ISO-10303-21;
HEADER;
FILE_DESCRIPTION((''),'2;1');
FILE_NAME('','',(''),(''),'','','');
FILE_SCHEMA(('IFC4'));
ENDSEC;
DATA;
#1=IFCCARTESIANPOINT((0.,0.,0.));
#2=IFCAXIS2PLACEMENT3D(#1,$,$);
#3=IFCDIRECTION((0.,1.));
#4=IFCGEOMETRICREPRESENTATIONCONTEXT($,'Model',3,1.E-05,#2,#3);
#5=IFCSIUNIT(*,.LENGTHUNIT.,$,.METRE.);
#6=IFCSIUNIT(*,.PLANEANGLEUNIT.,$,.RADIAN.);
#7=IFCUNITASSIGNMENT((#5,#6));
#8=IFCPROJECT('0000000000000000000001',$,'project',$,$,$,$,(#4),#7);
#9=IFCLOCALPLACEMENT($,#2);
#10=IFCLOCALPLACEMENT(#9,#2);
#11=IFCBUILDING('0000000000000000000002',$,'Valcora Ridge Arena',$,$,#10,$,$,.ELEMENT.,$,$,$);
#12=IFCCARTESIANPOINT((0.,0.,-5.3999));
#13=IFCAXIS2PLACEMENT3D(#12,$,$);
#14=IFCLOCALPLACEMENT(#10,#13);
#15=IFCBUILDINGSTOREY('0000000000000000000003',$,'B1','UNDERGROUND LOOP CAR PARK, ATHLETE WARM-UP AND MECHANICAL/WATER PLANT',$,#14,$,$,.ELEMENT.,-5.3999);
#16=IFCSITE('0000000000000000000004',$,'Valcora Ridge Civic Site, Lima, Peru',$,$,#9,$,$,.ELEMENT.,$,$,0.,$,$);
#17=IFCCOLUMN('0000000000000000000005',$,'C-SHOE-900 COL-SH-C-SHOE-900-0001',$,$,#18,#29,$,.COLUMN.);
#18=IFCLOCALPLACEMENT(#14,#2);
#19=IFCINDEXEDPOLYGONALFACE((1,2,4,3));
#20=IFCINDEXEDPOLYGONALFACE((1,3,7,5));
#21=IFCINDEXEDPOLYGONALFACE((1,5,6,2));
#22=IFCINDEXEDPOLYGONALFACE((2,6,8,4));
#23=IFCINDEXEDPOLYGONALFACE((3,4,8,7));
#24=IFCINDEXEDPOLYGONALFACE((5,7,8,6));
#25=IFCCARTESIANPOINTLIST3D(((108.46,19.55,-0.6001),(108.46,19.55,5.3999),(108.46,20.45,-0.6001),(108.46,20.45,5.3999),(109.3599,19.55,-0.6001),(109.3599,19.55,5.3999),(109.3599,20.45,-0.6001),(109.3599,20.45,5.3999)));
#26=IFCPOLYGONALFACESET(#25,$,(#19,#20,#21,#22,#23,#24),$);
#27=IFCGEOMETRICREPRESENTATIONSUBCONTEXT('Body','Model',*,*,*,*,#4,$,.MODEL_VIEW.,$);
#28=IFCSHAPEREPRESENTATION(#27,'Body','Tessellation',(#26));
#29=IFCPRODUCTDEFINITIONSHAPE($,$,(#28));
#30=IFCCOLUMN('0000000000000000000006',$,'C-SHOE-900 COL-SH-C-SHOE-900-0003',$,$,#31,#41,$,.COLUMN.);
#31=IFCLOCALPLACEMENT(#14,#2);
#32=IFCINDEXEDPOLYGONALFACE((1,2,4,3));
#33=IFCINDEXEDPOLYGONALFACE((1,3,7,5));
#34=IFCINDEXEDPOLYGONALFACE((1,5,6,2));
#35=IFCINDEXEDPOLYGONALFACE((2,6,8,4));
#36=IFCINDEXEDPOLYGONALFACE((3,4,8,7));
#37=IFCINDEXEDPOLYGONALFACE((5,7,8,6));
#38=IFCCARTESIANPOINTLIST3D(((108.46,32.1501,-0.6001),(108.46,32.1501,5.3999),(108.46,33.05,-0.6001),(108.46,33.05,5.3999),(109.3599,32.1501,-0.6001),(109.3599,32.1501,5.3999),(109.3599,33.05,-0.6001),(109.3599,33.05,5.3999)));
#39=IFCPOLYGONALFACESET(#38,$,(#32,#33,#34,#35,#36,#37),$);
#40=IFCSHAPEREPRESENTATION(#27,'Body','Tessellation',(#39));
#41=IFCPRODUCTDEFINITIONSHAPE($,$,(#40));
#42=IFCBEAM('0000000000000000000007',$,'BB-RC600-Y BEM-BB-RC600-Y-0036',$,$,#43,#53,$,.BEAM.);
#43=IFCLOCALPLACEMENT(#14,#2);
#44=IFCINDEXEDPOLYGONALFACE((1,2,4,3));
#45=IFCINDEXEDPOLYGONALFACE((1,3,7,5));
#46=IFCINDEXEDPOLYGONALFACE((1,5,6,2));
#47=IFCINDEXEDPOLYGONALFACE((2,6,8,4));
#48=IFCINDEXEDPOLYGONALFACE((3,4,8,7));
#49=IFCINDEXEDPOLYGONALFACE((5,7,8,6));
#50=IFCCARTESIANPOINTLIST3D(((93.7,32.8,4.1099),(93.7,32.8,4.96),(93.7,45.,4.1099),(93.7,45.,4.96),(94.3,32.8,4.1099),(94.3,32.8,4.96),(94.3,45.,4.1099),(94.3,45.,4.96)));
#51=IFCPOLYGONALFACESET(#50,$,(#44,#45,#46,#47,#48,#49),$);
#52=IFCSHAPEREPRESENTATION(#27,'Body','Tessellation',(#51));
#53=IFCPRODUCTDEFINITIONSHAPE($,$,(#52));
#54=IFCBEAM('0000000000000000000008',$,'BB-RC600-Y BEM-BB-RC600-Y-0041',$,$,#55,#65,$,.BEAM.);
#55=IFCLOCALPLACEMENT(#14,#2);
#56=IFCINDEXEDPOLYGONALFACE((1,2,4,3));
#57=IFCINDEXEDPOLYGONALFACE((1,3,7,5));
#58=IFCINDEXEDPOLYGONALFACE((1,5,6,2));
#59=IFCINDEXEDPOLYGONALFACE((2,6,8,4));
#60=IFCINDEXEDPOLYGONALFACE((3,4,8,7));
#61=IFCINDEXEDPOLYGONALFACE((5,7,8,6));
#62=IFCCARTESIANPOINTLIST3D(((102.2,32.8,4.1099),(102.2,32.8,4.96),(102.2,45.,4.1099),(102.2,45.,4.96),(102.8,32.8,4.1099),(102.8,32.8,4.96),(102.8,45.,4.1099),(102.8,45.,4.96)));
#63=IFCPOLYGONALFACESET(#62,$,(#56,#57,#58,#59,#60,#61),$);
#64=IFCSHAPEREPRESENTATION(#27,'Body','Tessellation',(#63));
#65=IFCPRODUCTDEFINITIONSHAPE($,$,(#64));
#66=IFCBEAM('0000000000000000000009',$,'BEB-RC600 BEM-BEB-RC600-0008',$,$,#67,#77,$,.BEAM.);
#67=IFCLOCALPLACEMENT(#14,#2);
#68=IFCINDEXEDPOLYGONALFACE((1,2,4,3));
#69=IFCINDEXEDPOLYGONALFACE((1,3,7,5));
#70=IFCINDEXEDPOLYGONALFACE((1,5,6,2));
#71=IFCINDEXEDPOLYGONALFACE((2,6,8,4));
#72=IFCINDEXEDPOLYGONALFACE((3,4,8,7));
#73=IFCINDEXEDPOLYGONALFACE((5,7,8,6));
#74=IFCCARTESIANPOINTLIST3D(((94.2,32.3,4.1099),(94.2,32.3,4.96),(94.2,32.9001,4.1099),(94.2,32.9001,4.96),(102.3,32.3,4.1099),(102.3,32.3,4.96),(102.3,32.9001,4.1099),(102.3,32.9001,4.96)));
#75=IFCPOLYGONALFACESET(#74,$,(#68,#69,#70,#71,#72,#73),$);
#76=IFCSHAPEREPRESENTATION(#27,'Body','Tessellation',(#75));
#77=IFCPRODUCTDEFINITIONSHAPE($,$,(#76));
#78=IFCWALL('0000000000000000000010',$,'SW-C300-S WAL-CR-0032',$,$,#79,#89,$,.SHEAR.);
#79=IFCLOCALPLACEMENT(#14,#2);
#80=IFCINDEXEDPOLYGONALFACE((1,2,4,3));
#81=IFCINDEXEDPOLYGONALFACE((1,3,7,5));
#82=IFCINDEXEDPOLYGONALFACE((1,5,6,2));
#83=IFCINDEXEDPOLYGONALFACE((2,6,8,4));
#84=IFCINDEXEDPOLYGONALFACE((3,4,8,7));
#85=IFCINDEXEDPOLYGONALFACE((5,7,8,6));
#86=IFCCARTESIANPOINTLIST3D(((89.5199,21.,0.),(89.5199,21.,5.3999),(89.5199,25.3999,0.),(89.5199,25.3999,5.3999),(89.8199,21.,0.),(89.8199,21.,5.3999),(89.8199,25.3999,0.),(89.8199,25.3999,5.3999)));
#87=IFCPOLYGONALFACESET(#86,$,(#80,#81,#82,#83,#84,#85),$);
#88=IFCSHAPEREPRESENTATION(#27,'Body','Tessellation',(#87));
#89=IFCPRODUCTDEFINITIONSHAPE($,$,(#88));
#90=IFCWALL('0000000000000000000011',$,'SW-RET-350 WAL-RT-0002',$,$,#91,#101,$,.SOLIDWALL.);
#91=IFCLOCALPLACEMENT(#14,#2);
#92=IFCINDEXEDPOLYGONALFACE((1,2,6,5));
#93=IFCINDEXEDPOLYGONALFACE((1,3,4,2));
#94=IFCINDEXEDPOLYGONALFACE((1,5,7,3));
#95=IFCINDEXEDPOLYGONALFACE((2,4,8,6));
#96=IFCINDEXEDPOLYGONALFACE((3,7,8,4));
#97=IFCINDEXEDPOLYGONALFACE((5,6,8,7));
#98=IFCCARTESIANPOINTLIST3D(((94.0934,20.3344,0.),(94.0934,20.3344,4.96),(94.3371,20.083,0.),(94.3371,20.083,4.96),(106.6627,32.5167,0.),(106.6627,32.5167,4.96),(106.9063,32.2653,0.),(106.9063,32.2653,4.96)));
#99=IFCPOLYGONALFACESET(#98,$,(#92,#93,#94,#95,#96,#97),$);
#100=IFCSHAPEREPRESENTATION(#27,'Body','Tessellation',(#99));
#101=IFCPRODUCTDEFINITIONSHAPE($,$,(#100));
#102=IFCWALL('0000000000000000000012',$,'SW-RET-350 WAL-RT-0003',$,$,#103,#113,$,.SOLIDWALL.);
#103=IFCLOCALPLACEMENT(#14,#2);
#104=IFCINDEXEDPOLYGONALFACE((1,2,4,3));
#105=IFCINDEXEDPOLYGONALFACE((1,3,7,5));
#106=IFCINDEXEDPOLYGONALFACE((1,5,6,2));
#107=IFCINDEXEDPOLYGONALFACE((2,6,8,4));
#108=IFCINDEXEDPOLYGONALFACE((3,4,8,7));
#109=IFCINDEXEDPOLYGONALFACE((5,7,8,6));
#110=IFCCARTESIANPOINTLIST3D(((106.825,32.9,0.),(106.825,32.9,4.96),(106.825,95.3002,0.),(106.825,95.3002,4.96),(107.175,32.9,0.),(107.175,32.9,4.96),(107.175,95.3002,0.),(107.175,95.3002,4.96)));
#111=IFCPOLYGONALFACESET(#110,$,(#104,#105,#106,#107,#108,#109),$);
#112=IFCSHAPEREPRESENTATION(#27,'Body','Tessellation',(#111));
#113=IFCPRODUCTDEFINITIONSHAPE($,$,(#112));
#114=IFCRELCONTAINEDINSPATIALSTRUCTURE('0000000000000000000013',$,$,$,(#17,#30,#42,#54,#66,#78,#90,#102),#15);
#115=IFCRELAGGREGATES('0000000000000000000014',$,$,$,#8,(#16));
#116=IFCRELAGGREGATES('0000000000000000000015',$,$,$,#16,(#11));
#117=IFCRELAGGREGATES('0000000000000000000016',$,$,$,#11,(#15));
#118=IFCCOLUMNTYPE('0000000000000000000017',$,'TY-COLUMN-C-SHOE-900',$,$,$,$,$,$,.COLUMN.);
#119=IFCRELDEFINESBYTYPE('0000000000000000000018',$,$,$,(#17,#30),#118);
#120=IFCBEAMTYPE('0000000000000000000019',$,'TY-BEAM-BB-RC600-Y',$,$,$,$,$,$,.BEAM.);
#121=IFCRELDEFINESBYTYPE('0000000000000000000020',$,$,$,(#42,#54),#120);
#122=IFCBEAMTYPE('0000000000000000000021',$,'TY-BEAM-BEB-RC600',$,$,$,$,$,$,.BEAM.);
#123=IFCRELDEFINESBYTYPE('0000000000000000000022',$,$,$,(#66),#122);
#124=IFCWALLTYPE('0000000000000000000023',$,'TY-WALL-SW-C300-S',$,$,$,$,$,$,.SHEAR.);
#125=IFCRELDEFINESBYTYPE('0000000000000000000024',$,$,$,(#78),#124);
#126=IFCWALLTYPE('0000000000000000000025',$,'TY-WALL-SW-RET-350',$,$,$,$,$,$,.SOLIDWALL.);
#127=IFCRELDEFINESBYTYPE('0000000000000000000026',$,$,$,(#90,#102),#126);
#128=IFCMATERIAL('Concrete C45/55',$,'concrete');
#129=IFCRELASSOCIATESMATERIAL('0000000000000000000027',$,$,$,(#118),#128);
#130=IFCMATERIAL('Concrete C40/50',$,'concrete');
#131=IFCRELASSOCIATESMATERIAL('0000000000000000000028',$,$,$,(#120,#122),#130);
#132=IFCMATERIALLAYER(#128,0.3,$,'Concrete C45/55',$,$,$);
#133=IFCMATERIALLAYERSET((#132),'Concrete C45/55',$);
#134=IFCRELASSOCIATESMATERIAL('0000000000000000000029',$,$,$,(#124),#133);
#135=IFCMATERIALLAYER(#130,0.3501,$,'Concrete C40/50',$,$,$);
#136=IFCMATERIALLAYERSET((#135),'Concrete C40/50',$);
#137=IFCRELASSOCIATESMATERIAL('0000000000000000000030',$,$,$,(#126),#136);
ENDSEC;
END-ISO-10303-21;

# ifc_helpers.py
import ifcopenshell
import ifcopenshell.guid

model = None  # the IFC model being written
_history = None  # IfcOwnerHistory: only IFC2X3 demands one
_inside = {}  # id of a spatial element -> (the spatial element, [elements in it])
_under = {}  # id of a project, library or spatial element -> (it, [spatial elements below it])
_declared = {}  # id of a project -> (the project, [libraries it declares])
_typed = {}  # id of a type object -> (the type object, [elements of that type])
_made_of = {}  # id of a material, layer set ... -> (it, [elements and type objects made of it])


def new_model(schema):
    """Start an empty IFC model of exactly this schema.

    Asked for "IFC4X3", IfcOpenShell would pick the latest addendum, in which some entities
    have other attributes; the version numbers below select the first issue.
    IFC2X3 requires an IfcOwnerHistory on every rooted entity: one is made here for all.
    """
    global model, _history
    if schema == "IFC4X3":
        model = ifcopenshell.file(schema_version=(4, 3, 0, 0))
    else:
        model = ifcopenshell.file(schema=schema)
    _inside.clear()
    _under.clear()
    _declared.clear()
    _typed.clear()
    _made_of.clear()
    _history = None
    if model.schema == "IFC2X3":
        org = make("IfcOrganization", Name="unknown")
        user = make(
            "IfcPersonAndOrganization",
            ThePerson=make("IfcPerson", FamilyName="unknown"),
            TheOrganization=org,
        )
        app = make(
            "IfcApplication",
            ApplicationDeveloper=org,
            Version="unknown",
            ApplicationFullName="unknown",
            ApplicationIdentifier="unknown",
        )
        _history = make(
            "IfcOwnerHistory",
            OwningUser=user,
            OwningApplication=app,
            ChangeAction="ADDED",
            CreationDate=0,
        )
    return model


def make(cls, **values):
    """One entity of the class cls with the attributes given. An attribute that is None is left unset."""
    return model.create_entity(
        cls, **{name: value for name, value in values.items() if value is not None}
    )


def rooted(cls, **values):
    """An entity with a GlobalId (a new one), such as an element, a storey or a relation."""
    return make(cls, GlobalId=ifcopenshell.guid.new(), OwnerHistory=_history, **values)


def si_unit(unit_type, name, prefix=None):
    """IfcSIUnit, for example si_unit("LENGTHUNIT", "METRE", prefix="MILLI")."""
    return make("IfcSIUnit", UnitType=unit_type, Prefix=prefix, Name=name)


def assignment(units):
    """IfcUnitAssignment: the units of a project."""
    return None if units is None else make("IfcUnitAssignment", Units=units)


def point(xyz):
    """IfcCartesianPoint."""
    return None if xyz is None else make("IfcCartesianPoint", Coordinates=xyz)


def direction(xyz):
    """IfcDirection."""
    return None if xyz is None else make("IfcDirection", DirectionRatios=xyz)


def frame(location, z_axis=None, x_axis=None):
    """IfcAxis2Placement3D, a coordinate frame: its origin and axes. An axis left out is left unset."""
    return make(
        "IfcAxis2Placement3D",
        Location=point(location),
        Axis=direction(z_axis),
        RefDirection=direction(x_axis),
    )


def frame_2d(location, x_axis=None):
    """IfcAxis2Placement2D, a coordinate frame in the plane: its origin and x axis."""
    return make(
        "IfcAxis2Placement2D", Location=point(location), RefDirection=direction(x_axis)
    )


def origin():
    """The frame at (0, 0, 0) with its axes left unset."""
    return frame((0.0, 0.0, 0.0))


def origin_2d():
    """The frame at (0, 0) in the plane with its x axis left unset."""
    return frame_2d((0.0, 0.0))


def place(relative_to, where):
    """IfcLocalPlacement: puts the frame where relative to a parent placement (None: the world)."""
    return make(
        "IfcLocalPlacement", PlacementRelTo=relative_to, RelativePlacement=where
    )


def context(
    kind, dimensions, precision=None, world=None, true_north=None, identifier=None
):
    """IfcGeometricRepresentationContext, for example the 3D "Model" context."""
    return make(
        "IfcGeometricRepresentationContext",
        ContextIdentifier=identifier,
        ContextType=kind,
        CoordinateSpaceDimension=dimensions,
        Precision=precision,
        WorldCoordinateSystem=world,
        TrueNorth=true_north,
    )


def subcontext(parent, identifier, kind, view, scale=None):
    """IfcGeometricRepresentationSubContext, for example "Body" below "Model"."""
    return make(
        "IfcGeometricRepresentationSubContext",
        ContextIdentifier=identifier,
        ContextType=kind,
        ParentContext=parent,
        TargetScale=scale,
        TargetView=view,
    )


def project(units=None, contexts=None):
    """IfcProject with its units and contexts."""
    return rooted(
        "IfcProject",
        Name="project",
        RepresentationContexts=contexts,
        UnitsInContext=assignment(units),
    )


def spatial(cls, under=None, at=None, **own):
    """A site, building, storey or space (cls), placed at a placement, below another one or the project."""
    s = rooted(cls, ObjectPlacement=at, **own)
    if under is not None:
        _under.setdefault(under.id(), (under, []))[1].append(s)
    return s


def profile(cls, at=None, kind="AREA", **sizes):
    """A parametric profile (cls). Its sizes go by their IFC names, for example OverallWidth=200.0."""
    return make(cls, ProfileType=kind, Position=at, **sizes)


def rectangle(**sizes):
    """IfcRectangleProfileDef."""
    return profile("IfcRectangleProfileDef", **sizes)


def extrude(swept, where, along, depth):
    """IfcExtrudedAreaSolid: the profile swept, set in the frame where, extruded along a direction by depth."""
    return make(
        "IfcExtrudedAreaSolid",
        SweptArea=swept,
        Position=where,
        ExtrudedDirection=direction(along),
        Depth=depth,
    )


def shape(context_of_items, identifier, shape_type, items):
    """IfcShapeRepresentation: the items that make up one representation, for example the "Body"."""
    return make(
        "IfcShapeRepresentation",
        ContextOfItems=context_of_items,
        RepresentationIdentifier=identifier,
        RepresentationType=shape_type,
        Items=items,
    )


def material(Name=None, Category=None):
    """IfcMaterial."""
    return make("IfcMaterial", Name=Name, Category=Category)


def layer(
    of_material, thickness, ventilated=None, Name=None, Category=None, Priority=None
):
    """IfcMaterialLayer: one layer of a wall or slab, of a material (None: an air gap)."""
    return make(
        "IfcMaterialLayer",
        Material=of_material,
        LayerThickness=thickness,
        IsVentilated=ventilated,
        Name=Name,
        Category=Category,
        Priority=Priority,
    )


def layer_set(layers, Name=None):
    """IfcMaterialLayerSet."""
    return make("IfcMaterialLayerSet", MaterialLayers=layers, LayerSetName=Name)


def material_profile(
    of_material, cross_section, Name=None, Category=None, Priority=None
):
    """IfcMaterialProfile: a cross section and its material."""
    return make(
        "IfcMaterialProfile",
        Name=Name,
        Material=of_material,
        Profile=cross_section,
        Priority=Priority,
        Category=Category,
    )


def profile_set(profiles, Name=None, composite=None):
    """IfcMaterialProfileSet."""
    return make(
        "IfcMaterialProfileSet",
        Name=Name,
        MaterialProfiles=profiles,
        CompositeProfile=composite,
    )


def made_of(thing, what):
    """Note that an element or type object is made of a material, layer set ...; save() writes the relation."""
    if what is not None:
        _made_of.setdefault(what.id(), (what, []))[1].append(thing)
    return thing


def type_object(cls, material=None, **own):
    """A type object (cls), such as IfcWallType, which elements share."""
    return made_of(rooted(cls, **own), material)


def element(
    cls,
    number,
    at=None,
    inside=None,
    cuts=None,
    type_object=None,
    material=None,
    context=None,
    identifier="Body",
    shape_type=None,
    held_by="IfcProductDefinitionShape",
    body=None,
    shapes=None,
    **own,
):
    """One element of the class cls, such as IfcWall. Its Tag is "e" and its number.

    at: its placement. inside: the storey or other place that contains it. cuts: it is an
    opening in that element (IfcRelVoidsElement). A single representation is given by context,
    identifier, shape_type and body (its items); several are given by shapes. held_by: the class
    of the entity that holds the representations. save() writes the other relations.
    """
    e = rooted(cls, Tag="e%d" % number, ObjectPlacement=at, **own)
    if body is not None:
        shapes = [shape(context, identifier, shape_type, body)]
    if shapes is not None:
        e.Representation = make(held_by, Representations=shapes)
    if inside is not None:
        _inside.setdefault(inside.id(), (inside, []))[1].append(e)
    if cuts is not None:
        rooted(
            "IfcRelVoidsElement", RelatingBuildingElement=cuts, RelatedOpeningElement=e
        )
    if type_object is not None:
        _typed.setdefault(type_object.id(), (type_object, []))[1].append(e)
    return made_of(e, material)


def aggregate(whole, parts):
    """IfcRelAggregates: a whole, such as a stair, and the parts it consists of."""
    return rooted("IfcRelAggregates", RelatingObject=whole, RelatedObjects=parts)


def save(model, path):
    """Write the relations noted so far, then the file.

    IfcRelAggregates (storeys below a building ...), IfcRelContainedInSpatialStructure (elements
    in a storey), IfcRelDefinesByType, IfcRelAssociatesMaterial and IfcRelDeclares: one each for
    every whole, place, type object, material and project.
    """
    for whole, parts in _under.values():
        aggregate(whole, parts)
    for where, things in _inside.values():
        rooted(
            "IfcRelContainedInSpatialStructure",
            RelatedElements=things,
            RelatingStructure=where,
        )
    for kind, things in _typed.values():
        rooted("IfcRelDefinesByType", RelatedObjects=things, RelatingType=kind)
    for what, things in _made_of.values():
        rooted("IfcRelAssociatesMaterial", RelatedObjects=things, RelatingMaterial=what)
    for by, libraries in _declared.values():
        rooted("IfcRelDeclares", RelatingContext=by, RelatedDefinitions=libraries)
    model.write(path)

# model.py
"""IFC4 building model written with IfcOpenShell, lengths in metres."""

from ifc_helpers import new_model, si_unit, direction, frame, frame_2d, origin, origin_2d, place, context, subcontext, project, spatial, rectangle, extrude, material, layer, layer_set, material_profile, profile_set, type_object, element, save


model = new_model("IFC4")

# Units and contexts
model_context = context("Model", 3, precision=1e-05, world=origin(), true_north=direction((0.0, 1.0)))
body_context = subcontext(model_context, "Body", "Model", "MODEL_VIEW")
ifc_project = project(units=[si_unit("LENGTHUNIT", "METRE"), si_unit("PLANEANGLEUNIT", "RADIAN")], contexts=[model_context])

# Site, building, storey
site_placement = place(None, origin())
site = spatial("IfcSite", under=ifc_project, at=site_placement, Name="Valcora Ridge Civic Site, Lima, Peru", CompositionType="ELEMENT", RefElevation=0.0)
building_placement = place(site_placement, origin())
building = spatial("IfcBuilding", under=site, at=building_placement, Name="Valcora Ridge Arena", CompositionType="ELEMENT")
storey_placement = place(building_placement, frame((0.0, 0.0, -5.3999)))
storey = spatial("IfcBuildingStorey", under=building, at=storey_placement, Name="B1", Description="UNDERGROUND LOOP CAR PARK, ATHLETE WARM-UP AND MECHANICAL/WATER PLANT", CompositionType="ELEMENT", Elevation=-5.3999)

# Shared definitions
ifc_material_1 = material(Name="Concrete C40/50", Category="concrete")

# Columns
ifc_material_2 = material(Name="Concrete C45/55", Category="concrete")
ifc_material_profile_1 = material_profile(ifc_material_2, rectangle(XDim=0.8999, YDim=0.8999, at=origin_2d()), Name="RC 900x900")
ifc_profile_set_1 = profile_set([ifc_material_profile_1], Name="Concrete C45/55")
column_type_1 = type_object("IfcColumnType", Name="TY-COLUMN-C-SHOE-900", PredefinedType="COLUMN", material=ifc_profile_set_1)
for number, where, z_axis, x_axis, name in (
    (1, (108.9099, 20.0, -0.6001), (0.0, 0.0, 1.0), (1.0, 0.0, 0.0), "C-SHOE-900 COL-SH-C-SHOE-900-0001"),
    (2, (108.9099, 32.6001, -0.6001), (0.0, 0.0, 1.0), (1.0, 0.0, 0.0), "C-SHOE-900 COL-SH-C-SHOE-900-0003"),
):
    element("IfcColumn", number, at=place(storey_placement, frame(where, z_axis=z_axis, x_axis=x_axis)), inside=storey, type_object=column_type_1, Name=name, PredefinedType="COLUMN", context=body_context, shape_type="SweptSolid", body=[
        extrude(rectangle(XDim=0.8999, YDim=0.8999, at=origin_2d()), origin(), (0.0, 0.0, 1.0), 6.0),
    ])

# Beams
ifc_material_profile_2 = material_profile(ifc_material_1, rectangle(XDim=0.6001, YDim=0.8501, at=origin_2d()), Name="RC 600x850")
ifc_profile_set_2 = profile_set([ifc_material_profile_2], Name="Concrete C40/50")
beam_type_1 = type_object("IfcBeamType", Name="TY-BEAM-BB-RC600-Y", PredefinedType="BEAM", material=ifc_profile_set_2)
for number, where, z_axis, x_axis, name in (
    (3, (94.0, 32.8, 4.5349), (0.0, 1.0, 0.0), (-1.0, 0.0, 0.0), "BB-RC600-Y BEM-BB-RC600-Y-0036"),
    (4, (102.5, 32.8, 4.5349), (0.0, 1.0, 0.0), (-1.0, 0.0, 0.0), "BB-RC600-Y BEM-BB-RC600-Y-0041"),
):
    element("IfcBeam", number, at=place(storey_placement, frame(where, z_axis=z_axis, x_axis=x_axis)), inside=storey, type_object=beam_type_1, Name=name, PredefinedType="BEAM", context=body_context, shape_type="SweptSolid", body=[
        extrude(rectangle(XDim=0.6001, YDim=0.8501, at=origin_2d()), origin(), (0.0, 0.0, 1.0), 12.2),
    ])
ifc_material_profile_3 = material_profile(ifc_material_1, rectangle(XDim=0.6001, YDim=0.8501, at=origin_2d()), Name="RC 600x850")
ifc_profile_set_3 = profile_set([ifc_material_profile_3], Name="Concrete C40/50")
beam_type_2 = type_object("IfcBeamType", Name="TY-BEAM-BEB-RC600", PredefinedType="BEAM", material=ifc_profile_set_3)
beam_placement = place(storey_placement, frame((94.2, 32.6001, 4.5349), z_axis=(1.0, 0.0, 0.0), x_axis=(0.0, 1.0, 0.0)))
element("IfcBeam", 5, at=beam_placement, inside=storey, type_object=beam_type_2, Name="BEB-RC600 BEM-BEB-RC600-0008", PredefinedType="BEAM", context=body_context, shape_type="SweptSolid", body=[
    extrude(rectangle(XDim=0.6001, YDim=0.8501, at=origin_2d()), origin(), (0.0, 0.0, 1.0), 8.1001),
])

# Walls
ifc_layer_1 = layer(ifc_material_2, 0.3, Name="Concrete C45/55")
ifc_layer_set_1 = layer_set([ifc_layer_1], Name="Concrete C45/55")
wall_type_1 = type_object("IfcWallType", Name="TY-WALL-SW-C300-S", PredefinedType="SHEAR", material=ifc_layer_set_1)
wall_1_placement = place(storey_placement, frame((89.6699, 21.0, 0.0), z_axis=(0.0, 0.0, 1.0), x_axis=(0.0, 1.0, 0.0)))
element("IfcWall", 6, at=wall_1_placement, inside=storey, type_object=wall_type_1, Name="SW-C300-S WAL-CR-0032", PredefinedType="SHEAR", context=body_context, shape_type="SweptSolid", body=[
    extrude(rectangle(XDim=4.3999, YDim=0.3, at=frame_2d((2.2, 0.0))), origin(), (0.0, 0.0, 1.0), 5.3999),
])
ifc_layer_2 = layer(ifc_material_1, 0.3501, Name="Concrete C40/50")
ifc_layer_set_2 = layer_set([ifc_layer_2], Name="Concrete C40/50")
wall_type_2 = type_object("IfcWallType", Name="TY-WALL-SW-RET-350", PredefinedType="SOLIDWALL", material=ifc_layer_set_2)
wall_2_placement = place(storey_placement, frame((94.2153, 20.2087, 0.0), z_axis=(0.0, 0.0, 1.0), x_axis=(0.718074, 0.695967, 0.0)))
element("IfcWall", 7, at=wall_2_placement, inside=storey, type_object=wall_type_2, Name="SW-RET-350 WAL-RT-0002", PredefinedType="SOLIDWALL", context=body_context, shape_type="SweptSolid", body=[
    extrude(rectangle(XDim=17.5042, YDim=0.3501, at=frame_2d((8.752, 0.0))), origin(), (0.0, 0.0, 1.0), 4.96),
])
wall_3_placement = place(storey_placement, frame((107.0, 32.8999, 0.0), z_axis=(0.0, 0.0, 1.0), x_axis=(0.0, 1.0, 0.0)))
element("IfcWall", 8, at=wall_3_placement, inside=storey, type_object=wall_type_2, Name="SW-RET-350 WAL-RT-0003", PredefinedType="SOLIDWALL", context=body_context, shape_type="SweptSolid", body=[
    extrude(rectangle(XDim=62.4001, YDim=0.3501, at=frame_2d((31.2002, 0.0))), origin(), (0.0, 0.0, 1.0), 4.96),
])

save(model, "model.ifc")
